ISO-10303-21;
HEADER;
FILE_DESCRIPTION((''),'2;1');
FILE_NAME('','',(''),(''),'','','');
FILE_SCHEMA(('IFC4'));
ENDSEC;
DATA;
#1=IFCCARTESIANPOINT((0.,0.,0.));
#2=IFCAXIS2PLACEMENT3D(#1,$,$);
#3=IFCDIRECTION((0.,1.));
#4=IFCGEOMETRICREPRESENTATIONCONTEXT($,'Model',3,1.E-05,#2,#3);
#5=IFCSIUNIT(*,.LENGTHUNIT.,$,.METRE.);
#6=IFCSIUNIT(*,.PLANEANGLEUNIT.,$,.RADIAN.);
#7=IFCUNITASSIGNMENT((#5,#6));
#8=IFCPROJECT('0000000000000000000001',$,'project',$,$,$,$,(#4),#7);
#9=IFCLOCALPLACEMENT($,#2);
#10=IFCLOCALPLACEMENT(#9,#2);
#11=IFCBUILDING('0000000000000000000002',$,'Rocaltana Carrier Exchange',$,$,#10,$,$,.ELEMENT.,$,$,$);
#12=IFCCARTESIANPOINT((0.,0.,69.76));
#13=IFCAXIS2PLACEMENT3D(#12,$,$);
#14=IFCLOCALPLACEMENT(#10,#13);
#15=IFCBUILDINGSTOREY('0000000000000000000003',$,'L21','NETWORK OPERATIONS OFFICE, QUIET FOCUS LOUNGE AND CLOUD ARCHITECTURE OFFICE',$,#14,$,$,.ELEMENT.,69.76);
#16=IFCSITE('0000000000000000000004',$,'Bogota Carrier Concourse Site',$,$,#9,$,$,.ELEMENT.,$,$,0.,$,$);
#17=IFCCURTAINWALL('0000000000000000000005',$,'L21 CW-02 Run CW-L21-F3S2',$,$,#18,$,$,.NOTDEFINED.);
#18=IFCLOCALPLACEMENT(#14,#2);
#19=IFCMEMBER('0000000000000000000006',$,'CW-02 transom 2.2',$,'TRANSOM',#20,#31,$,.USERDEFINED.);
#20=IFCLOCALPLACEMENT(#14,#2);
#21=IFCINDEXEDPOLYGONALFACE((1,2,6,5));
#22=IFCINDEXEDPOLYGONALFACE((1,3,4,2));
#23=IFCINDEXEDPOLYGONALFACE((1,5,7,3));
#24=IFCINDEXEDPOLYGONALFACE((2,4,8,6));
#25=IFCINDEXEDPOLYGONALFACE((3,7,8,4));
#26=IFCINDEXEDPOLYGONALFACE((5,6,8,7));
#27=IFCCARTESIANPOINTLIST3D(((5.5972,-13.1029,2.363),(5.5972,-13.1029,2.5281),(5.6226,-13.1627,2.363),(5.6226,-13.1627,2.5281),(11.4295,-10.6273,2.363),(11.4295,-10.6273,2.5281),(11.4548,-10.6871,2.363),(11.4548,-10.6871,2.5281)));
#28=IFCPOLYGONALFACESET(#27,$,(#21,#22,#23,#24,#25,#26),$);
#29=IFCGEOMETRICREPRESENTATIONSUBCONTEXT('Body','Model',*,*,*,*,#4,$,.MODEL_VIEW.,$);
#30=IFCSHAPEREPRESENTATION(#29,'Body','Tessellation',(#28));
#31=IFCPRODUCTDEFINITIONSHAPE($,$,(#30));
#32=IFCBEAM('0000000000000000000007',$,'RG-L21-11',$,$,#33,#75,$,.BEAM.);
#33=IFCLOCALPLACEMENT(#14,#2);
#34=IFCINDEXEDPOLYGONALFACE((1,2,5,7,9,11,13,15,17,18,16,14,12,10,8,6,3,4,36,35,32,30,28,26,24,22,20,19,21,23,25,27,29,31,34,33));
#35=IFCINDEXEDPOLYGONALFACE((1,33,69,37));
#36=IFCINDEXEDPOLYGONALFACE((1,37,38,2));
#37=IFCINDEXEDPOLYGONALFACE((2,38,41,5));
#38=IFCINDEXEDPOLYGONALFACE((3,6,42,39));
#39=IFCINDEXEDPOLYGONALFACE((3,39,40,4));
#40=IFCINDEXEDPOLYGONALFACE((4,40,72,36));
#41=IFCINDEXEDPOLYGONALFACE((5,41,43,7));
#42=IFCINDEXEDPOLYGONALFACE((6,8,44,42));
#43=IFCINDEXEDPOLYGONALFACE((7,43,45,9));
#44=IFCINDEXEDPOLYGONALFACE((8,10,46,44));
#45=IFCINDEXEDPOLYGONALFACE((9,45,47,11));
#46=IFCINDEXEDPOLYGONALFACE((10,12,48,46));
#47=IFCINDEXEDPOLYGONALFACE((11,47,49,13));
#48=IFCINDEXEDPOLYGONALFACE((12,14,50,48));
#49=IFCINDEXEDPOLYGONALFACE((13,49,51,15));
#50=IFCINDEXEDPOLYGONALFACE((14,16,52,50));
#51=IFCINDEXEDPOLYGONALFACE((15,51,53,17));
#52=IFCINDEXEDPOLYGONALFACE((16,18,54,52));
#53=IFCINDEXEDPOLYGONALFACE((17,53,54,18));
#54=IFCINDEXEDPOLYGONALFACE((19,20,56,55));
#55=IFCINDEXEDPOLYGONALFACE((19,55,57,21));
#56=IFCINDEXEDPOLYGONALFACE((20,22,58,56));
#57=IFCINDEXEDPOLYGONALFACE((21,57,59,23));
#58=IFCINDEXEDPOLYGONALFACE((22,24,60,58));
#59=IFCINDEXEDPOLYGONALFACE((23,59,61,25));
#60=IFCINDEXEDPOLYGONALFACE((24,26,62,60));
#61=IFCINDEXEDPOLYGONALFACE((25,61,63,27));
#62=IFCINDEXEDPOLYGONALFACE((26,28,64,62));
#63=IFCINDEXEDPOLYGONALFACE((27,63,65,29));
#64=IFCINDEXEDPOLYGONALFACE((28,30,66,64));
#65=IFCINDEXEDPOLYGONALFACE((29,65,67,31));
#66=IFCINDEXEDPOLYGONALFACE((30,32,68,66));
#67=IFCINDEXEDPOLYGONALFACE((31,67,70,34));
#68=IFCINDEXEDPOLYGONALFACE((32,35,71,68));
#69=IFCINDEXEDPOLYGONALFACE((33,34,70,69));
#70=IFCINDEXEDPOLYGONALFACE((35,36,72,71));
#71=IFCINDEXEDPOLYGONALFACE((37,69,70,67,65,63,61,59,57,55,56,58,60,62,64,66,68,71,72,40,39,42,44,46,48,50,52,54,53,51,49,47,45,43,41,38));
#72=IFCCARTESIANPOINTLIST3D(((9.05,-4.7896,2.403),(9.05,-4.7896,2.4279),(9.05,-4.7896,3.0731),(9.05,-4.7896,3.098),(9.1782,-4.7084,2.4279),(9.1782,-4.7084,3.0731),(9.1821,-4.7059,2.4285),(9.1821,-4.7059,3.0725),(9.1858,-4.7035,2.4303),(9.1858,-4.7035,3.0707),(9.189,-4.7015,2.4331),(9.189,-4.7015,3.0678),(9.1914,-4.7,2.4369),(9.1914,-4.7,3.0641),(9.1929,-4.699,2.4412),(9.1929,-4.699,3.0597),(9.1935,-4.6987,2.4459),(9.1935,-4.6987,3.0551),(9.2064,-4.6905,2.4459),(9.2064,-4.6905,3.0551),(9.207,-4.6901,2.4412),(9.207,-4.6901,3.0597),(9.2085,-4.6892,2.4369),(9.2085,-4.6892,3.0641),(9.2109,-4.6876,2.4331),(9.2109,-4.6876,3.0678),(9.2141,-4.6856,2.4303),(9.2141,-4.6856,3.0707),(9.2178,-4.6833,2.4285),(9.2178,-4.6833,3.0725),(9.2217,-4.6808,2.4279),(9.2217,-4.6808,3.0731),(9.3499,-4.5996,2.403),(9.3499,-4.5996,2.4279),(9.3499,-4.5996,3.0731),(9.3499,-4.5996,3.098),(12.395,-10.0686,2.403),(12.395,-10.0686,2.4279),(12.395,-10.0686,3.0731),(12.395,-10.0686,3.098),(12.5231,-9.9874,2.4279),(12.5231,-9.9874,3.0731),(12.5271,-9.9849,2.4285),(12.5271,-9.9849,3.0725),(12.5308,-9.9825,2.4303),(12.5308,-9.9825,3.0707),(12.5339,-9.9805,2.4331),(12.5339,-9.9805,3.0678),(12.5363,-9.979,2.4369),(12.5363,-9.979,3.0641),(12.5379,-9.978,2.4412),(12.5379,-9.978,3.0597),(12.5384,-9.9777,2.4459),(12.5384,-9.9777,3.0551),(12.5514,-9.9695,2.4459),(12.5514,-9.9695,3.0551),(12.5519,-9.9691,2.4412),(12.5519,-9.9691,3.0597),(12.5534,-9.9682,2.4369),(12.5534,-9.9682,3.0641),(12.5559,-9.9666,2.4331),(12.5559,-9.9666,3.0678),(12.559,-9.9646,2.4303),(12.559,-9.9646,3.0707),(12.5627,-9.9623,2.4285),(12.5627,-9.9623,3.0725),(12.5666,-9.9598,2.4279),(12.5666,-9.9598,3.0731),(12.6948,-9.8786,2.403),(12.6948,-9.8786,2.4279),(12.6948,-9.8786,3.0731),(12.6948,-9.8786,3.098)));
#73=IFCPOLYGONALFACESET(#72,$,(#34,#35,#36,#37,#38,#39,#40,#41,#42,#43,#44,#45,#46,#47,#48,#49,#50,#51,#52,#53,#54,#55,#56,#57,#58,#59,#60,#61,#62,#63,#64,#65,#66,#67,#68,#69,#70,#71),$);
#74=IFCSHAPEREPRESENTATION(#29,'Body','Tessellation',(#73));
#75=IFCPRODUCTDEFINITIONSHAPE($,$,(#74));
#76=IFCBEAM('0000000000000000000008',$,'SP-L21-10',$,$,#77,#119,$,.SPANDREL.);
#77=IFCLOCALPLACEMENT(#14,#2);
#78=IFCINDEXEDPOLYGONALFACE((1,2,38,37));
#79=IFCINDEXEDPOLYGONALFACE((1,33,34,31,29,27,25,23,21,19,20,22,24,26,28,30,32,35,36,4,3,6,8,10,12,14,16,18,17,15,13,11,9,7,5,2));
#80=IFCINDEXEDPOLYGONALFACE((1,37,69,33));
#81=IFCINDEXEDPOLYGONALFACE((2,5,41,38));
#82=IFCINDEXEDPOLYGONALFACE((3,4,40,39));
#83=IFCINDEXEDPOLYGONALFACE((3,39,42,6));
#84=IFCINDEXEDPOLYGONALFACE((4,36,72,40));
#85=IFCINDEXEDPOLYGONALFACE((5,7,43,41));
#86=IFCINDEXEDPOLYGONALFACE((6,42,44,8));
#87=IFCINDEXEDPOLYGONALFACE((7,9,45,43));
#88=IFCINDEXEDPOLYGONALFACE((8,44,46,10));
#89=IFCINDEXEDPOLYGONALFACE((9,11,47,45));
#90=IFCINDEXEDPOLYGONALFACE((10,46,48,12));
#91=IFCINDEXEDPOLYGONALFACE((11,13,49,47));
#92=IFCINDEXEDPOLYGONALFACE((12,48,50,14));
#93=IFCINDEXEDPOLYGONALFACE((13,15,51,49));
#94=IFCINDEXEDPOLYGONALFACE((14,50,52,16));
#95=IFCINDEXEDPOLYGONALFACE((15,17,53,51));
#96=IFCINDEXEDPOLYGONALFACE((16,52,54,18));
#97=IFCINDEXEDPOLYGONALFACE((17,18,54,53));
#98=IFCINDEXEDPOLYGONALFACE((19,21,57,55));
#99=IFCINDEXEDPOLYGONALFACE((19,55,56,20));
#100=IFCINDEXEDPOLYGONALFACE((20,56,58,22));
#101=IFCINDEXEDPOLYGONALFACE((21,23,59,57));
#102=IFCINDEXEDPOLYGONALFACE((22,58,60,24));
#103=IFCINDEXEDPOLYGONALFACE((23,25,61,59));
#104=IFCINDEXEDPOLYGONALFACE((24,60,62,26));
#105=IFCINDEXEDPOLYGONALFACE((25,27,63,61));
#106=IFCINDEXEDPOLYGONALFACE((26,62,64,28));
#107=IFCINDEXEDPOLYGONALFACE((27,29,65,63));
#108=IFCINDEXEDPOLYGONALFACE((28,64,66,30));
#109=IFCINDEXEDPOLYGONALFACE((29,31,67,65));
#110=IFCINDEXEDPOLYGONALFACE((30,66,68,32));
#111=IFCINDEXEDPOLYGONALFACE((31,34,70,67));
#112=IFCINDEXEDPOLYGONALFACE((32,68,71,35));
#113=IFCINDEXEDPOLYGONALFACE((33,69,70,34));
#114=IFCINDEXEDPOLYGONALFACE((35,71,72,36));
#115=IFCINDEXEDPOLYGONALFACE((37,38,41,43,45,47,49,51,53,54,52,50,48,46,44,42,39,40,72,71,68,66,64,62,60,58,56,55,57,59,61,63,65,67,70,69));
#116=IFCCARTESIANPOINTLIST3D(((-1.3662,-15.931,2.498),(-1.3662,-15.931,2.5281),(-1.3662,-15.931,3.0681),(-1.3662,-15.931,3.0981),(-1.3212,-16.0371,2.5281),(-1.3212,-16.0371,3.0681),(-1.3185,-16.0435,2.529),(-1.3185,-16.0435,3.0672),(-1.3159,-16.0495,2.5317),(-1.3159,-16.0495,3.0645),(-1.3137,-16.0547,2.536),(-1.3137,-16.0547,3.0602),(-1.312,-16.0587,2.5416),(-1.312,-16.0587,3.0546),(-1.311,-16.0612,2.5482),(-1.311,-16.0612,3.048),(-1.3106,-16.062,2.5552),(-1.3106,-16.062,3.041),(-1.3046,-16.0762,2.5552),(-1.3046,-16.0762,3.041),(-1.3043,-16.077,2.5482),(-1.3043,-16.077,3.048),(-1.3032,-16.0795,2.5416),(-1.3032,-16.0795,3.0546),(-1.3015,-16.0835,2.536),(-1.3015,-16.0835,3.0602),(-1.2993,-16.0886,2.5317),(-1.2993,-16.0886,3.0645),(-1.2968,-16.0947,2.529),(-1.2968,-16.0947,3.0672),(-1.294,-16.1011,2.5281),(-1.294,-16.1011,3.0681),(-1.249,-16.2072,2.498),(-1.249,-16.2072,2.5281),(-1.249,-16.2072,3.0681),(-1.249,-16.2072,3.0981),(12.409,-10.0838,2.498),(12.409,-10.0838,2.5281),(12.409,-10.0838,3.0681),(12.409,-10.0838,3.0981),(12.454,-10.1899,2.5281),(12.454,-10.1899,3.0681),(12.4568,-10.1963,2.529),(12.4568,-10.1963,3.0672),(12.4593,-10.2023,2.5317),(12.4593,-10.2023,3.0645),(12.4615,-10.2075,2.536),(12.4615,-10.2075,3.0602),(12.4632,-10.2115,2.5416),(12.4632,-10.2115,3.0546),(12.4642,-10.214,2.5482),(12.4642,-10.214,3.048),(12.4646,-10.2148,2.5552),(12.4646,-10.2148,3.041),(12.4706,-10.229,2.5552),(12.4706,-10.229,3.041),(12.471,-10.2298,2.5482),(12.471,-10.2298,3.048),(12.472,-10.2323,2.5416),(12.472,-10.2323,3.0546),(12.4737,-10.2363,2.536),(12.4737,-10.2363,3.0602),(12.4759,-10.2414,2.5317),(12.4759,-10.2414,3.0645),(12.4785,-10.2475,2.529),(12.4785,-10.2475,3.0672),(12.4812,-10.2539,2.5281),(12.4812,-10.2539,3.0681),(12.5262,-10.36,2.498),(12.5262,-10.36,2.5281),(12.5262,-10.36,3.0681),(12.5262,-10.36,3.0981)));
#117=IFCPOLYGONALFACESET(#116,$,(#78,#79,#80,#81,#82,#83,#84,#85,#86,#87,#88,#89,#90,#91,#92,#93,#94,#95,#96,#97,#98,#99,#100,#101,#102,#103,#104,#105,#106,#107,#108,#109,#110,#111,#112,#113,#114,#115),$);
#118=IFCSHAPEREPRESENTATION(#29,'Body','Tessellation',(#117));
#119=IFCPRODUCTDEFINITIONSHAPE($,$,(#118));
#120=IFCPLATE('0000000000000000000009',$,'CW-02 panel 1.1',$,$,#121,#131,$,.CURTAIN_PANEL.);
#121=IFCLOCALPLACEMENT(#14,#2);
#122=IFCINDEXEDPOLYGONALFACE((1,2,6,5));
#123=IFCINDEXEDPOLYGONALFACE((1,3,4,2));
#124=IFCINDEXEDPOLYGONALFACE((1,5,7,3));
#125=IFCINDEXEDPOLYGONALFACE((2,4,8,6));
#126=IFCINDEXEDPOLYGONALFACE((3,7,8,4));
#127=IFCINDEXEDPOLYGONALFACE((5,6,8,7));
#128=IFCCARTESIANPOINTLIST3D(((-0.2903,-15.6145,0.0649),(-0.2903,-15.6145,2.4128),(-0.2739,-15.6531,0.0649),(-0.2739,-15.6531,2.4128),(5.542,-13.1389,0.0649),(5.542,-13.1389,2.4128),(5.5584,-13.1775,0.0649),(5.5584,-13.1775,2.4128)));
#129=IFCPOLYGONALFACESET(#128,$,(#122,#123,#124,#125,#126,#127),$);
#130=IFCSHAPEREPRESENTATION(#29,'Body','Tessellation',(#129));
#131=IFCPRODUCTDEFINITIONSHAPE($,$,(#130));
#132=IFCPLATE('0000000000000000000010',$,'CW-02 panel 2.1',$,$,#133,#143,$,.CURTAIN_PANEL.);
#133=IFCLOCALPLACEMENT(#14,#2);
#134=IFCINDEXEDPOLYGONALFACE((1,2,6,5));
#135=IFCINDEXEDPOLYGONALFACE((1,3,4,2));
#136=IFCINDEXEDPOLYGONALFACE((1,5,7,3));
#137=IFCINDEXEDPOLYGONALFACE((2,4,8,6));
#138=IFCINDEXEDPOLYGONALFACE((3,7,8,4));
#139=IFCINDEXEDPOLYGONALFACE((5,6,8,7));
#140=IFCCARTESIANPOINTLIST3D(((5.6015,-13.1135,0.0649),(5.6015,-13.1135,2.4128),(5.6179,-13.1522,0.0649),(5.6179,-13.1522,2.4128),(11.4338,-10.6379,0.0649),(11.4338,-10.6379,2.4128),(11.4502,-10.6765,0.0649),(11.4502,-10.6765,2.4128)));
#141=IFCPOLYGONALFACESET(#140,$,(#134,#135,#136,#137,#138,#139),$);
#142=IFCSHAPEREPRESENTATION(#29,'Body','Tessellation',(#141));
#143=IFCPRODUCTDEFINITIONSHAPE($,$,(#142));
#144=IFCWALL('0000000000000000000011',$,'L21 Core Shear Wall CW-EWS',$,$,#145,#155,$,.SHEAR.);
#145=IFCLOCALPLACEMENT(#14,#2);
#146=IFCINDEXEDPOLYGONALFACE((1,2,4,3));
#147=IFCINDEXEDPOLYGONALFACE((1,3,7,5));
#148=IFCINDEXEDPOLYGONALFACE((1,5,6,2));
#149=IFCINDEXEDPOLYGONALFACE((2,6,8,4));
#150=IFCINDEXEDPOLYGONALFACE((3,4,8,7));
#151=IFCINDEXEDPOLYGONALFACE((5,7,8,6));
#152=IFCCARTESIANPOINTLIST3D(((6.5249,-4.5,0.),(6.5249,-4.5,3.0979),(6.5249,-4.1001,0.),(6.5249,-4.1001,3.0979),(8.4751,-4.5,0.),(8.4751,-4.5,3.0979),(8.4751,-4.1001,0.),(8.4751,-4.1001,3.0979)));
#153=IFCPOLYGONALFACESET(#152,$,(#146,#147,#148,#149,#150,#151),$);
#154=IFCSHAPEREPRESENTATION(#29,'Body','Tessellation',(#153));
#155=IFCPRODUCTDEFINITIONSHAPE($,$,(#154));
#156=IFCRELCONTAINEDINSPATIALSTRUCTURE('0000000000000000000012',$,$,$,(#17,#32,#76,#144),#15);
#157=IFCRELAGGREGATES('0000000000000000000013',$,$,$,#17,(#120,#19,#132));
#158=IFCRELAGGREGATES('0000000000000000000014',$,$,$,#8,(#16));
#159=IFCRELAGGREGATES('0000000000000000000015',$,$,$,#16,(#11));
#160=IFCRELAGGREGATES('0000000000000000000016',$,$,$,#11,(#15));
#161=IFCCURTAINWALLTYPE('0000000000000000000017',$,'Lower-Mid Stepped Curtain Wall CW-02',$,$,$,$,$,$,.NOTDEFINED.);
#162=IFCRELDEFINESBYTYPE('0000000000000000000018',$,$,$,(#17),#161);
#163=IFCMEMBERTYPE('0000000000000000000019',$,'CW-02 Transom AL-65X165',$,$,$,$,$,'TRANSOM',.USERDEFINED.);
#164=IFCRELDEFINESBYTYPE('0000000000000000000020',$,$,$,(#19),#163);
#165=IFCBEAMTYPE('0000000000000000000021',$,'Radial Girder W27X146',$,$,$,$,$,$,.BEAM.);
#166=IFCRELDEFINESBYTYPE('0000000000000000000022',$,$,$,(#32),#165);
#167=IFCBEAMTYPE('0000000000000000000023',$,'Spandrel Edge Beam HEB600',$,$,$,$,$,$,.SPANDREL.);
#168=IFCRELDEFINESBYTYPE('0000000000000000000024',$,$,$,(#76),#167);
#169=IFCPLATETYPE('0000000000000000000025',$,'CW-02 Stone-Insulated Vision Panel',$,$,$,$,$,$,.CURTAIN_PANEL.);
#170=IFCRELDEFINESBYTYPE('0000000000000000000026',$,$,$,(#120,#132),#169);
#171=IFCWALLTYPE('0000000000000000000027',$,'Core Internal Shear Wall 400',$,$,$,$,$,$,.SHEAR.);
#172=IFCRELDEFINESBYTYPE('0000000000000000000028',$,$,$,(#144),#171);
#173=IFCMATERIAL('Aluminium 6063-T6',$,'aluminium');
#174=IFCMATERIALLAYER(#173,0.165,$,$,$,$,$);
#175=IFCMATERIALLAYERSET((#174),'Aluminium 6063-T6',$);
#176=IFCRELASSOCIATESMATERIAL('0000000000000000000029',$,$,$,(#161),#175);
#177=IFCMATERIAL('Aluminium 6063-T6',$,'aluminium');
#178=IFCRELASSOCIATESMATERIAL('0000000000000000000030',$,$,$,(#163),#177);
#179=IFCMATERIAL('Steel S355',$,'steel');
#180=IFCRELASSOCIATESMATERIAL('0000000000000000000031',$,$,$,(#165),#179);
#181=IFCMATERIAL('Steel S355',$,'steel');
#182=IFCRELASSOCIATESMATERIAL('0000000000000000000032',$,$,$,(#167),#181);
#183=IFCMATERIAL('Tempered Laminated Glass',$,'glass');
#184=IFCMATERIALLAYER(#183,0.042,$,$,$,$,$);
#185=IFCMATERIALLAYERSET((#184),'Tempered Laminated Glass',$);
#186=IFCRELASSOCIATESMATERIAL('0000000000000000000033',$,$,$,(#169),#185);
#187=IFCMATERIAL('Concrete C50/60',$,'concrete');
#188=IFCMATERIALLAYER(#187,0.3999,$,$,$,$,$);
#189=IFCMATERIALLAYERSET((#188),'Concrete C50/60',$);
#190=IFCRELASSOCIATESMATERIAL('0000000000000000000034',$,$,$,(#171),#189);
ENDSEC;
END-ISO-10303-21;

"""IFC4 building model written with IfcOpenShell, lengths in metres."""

from ifc_helpers import new_model, si_unit, direction, frame, frame_2d, origin, origin_2d, place, context, subcontext, project, spatial, rectangle, i_section, extrude, material, layer, layer_set, material_profile, profile_set, type_object, element, aggregate, save


model = new_model("IFC4")

# Units and contexts
model_context = context("Model", 3, precision=1e-05, world=origin(), true_north=direction((0.0, 1.0)))
body_context = subcontext(model_context, "Body", "Model", "MODEL_VIEW")
ifc_project = project(units=[si_unit("LENGTHUNIT", "METRE"), si_unit("PLANEANGLEUNIT", "RADIAN")], contexts=[model_context])

# Site, building, storey
site_placement = place(None, origin())
site = spatial("IfcSite", under=ifc_project, at=site_placement, Name="Bogota Carrier Concourse Site", CompositionType="ELEMENT", RefElevation=0.0)
building_placement = place(site_placement, origin())
building = spatial("IfcBuilding", under=site, at=building_placement, Name="Rocaltana Carrier Exchange", CompositionType="ELEMENT")
storey_placement = place(building_placement, frame((0.0, 0.0, 69.76)))
storey = spatial("IfcBuildingStorey", under=building, at=storey_placement, Name="L21", Description="NETWORK OPERATIONS OFFICE, QUIET FOCUS LOUNGE AND CLOUD ARCHITECTURE OFFICE", CompositionType="ELEMENT", Elevation=69.76)

# Curtain wall, member
ifc_material_1 = material(Name="Aluminium 6063-T6", Category="aluminium")
ifc_layer_1 = layer(ifc_material_1, 0.165)
ifc_layer_set_1 = layer_set([ifc_layer_1], Name="Aluminium 6063-T6")
curtain_wall_type = type_object("IfcCurtainWallType", Name="Lower-Mid Stepped Curtain Wall CW-02", PredefinedType="NOTDEFINED", material=ifc_layer_set_1)
curtain_wall_placement = place(storey_placement, origin())
curtain_wall = element("IfcCurtainWall", 1, at=curtain_wall_placement, inside=storey, type_object=curtain_wall_type, Name="L21 CW-02 Run CW-L21-F3S2", PredefinedType="NOTDEFINED")
ifc_material_2 = material(Name="Aluminium 6063-T6", Category="aluminium")
ifc_material_profile_1 = material_profile(ifc_material_2, rectangle(XDim=0.0649, YDim=0.165, at=origin_2d()), Name="AL-65X165")
ifc_profile_set_1 = profile_set([ifc_material_profile_1], Name="Aluminium 6063-T6")
member_type_1 = type_object("IfcMemberType", Name="CW-02 Transom AL-65X165", ElementType="TRANSOM", PredefinedType="USERDEFINED", material=ifc_profile_set_1)
member_1_placement = place(storey_placement, frame((5.6099, -13.1328, 2.4456), z_axis=(0.920509, 0.390722, 0.0), x_axis=(-0.390722, 0.920509, 0.0)))
member_1 = element("IfcMember", 2, at=member_1_placement, type_object=member_type_1, Name="CW-02 transom 2.2", ObjectType="TRANSOM", PredefinedType="USERDEFINED", context=body_context, shape_type="SweptSolid", body=[
    extrude(rectangle(XDim=0.0649, YDim=0.165, at=origin_2d()), origin(), (0.0, 0.0, 1.0), 6.3359),
])

# Beams
ifc_material_3 = material(Name="Steel S355", Category="steel")
ifc_material_profile_2 = material_profile(ifc_material_3, i_section(OverallWidth=0.355, OverallDepth=0.6951, WebThickness=0.0154, FlangeThickness=0.0249, FilletRadius=0.0181, at=origin_2d()), Name="W27X146")
ifc_profile_set_2 = profile_set([ifc_material_profile_2], Name="Steel S355")
beam_type_1 = type_object("IfcBeamType", Name="Radial Girder W27X146", PredefinedType="BEAM", material=ifc_profile_set_2)
beam_1_placement = place(storey_placement, frame((9.2, -4.6946, 2.7505), z_axis=(0.535231, -0.844705, 0.0), x_axis=(0.844705, 0.535231, 0.0)))
element("IfcBeam", 3, at=beam_1_placement, inside=storey, type_object=beam_type_1, Name="RG-L21-11", PredefinedType="BEAM", context=body_context, shape_type="SweptSolid", body=[
    extrude(i_section(OverallWidth=0.355, OverallDepth=0.6951, WebThickness=0.0154, FlangeThickness=0.0249, FilletRadius=0.0181, at=origin_2d()), origin(), (0.0, 0.0, 1.0), 6.2495),
])
ifc_material_4 = material(Name="Steel S355", Category="steel")
ifc_material_profile_3 = material_profile(ifc_material_4, i_section(OverallWidth=0.3, OverallDepth=0.6001, WebThickness=0.0154, FlangeThickness=0.03, FilletRadius=0.0271, at=origin_2d()), Name="HEB600")
ifc_profile_set_3 = profile_set([ifc_material_profile_3], Name="Steel S355")
beam_type_2 = type_object("IfcBeamType", Name="Spandrel Edge Beam HEB600", PredefinedType="SPANDREL", material=ifc_profile_set_3)
beam_2_placement = place(storey_placement, frame((-1.3076, -16.0691, 2.7981), z_axis=(0.920506, 0.390729, 0.0), x_axis=(-0.390729, 0.920506, 0.0)))
element("IfcBeam", 4, at=beam_2_placement, inside=storey, type_object=beam_type_2, Name="SP-L21-10", PredefinedType="SPANDREL", context=body_context, shape_type="SweptSolid", body=[
    extrude(i_section(OverallWidth=0.3, OverallDepth=0.6001, WebThickness=0.0154, FlangeThickness=0.03, FilletRadius=0.0271, at=origin_2d()), origin(), (0.0, 0.0, 1.0), 14.9648),
])

# Plates
ifc_material_5 = material(Name="Tempered Laminated Glass", Category="glass")
ifc_layer_2 = layer(ifc_material_5, 0.042)
ifc_layer_set_2 = layer_set([ifc_layer_2], Name="Tempered Laminated Glass")
plate_type = type_object("IfcPlateType", Name="CW-02 Stone-Insulated Vision Panel", PredefinedType="CURTAIN_PANEL", material=ifc_layer_set_2)
plate_1_placement = place(storey_placement, frame((2.634, -14.396, 0.0649), z_axis=(0.0, 0.0, 1.0), x_axis=(0.920506, 0.390729, 0.0)))
plate_1 = element("IfcPlate", 5, at=plate_1_placement, type_object=plate_type, Name="CW-02 panel 1.1", PredefinedType="CURTAIN_PANEL", context=body_context, shape_type="SweptSolid", body=[
    extrude(rectangle(XDim=6.3359, YDim=0.042, at=origin_2d()), origin(), (0.0, 0.0, 1.0), 2.3479),
])
plate_2_placement = place(storey_placement, frame((8.5259, -11.895, 0.0649), z_axis=(0.0, 0.0, 1.0), x_axis=(0.920506, 0.390729, 0.0)))
plate_2 = element("IfcPlate", 6, at=plate_2_placement, type_object=plate_type, Name="CW-02 panel 2.1", PredefinedType="CURTAIN_PANEL", context=body_context, shape_type="SweptSolid", body=[
    extrude(rectangle(XDim=6.3359, YDim=0.042, at=origin_2d()), origin(), (0.0, 0.0, 1.0), 2.3479),
])
aggregate(curtain_wall, [plate_1, member_1, plate_2])

# Wall
ifc_material_6 = material(Name="Concrete C50/60", Category="concrete")
ifc_layer_3 = layer(ifc_material_6, 0.3999)
ifc_layer_set_3 = layer_set([ifc_layer_3], Name="Concrete C50/60")
wall_type_1 = type_object("IfcWallType", Name="Core Internal Shear Wall 400", PredefinedType="SHEAR", material=ifc_layer_set_3)
wall_1_placement = place(storey_placement, frame((6.5249, -4.3, 0.0), z_axis=(0.0, 0.0, 1.0), x_axis=(1.0, 0.0, 0.0)))
element("IfcWall", 7, at=wall_1_placement, inside=storey, type_object=wall_type_1, Name="L21 Core Shear Wall CW-EWS", PredefinedType="SHEAR", context=body_context, shape_type="SweptSolid", body=[
    extrude(rectangle(XDim=1.9502, YDim=0.3999, at=frame_2d((0.9751, 0.0))), origin(), (0.0, 0.0, 1.0), 3.0979),
])

save(model, "model.ifc")
